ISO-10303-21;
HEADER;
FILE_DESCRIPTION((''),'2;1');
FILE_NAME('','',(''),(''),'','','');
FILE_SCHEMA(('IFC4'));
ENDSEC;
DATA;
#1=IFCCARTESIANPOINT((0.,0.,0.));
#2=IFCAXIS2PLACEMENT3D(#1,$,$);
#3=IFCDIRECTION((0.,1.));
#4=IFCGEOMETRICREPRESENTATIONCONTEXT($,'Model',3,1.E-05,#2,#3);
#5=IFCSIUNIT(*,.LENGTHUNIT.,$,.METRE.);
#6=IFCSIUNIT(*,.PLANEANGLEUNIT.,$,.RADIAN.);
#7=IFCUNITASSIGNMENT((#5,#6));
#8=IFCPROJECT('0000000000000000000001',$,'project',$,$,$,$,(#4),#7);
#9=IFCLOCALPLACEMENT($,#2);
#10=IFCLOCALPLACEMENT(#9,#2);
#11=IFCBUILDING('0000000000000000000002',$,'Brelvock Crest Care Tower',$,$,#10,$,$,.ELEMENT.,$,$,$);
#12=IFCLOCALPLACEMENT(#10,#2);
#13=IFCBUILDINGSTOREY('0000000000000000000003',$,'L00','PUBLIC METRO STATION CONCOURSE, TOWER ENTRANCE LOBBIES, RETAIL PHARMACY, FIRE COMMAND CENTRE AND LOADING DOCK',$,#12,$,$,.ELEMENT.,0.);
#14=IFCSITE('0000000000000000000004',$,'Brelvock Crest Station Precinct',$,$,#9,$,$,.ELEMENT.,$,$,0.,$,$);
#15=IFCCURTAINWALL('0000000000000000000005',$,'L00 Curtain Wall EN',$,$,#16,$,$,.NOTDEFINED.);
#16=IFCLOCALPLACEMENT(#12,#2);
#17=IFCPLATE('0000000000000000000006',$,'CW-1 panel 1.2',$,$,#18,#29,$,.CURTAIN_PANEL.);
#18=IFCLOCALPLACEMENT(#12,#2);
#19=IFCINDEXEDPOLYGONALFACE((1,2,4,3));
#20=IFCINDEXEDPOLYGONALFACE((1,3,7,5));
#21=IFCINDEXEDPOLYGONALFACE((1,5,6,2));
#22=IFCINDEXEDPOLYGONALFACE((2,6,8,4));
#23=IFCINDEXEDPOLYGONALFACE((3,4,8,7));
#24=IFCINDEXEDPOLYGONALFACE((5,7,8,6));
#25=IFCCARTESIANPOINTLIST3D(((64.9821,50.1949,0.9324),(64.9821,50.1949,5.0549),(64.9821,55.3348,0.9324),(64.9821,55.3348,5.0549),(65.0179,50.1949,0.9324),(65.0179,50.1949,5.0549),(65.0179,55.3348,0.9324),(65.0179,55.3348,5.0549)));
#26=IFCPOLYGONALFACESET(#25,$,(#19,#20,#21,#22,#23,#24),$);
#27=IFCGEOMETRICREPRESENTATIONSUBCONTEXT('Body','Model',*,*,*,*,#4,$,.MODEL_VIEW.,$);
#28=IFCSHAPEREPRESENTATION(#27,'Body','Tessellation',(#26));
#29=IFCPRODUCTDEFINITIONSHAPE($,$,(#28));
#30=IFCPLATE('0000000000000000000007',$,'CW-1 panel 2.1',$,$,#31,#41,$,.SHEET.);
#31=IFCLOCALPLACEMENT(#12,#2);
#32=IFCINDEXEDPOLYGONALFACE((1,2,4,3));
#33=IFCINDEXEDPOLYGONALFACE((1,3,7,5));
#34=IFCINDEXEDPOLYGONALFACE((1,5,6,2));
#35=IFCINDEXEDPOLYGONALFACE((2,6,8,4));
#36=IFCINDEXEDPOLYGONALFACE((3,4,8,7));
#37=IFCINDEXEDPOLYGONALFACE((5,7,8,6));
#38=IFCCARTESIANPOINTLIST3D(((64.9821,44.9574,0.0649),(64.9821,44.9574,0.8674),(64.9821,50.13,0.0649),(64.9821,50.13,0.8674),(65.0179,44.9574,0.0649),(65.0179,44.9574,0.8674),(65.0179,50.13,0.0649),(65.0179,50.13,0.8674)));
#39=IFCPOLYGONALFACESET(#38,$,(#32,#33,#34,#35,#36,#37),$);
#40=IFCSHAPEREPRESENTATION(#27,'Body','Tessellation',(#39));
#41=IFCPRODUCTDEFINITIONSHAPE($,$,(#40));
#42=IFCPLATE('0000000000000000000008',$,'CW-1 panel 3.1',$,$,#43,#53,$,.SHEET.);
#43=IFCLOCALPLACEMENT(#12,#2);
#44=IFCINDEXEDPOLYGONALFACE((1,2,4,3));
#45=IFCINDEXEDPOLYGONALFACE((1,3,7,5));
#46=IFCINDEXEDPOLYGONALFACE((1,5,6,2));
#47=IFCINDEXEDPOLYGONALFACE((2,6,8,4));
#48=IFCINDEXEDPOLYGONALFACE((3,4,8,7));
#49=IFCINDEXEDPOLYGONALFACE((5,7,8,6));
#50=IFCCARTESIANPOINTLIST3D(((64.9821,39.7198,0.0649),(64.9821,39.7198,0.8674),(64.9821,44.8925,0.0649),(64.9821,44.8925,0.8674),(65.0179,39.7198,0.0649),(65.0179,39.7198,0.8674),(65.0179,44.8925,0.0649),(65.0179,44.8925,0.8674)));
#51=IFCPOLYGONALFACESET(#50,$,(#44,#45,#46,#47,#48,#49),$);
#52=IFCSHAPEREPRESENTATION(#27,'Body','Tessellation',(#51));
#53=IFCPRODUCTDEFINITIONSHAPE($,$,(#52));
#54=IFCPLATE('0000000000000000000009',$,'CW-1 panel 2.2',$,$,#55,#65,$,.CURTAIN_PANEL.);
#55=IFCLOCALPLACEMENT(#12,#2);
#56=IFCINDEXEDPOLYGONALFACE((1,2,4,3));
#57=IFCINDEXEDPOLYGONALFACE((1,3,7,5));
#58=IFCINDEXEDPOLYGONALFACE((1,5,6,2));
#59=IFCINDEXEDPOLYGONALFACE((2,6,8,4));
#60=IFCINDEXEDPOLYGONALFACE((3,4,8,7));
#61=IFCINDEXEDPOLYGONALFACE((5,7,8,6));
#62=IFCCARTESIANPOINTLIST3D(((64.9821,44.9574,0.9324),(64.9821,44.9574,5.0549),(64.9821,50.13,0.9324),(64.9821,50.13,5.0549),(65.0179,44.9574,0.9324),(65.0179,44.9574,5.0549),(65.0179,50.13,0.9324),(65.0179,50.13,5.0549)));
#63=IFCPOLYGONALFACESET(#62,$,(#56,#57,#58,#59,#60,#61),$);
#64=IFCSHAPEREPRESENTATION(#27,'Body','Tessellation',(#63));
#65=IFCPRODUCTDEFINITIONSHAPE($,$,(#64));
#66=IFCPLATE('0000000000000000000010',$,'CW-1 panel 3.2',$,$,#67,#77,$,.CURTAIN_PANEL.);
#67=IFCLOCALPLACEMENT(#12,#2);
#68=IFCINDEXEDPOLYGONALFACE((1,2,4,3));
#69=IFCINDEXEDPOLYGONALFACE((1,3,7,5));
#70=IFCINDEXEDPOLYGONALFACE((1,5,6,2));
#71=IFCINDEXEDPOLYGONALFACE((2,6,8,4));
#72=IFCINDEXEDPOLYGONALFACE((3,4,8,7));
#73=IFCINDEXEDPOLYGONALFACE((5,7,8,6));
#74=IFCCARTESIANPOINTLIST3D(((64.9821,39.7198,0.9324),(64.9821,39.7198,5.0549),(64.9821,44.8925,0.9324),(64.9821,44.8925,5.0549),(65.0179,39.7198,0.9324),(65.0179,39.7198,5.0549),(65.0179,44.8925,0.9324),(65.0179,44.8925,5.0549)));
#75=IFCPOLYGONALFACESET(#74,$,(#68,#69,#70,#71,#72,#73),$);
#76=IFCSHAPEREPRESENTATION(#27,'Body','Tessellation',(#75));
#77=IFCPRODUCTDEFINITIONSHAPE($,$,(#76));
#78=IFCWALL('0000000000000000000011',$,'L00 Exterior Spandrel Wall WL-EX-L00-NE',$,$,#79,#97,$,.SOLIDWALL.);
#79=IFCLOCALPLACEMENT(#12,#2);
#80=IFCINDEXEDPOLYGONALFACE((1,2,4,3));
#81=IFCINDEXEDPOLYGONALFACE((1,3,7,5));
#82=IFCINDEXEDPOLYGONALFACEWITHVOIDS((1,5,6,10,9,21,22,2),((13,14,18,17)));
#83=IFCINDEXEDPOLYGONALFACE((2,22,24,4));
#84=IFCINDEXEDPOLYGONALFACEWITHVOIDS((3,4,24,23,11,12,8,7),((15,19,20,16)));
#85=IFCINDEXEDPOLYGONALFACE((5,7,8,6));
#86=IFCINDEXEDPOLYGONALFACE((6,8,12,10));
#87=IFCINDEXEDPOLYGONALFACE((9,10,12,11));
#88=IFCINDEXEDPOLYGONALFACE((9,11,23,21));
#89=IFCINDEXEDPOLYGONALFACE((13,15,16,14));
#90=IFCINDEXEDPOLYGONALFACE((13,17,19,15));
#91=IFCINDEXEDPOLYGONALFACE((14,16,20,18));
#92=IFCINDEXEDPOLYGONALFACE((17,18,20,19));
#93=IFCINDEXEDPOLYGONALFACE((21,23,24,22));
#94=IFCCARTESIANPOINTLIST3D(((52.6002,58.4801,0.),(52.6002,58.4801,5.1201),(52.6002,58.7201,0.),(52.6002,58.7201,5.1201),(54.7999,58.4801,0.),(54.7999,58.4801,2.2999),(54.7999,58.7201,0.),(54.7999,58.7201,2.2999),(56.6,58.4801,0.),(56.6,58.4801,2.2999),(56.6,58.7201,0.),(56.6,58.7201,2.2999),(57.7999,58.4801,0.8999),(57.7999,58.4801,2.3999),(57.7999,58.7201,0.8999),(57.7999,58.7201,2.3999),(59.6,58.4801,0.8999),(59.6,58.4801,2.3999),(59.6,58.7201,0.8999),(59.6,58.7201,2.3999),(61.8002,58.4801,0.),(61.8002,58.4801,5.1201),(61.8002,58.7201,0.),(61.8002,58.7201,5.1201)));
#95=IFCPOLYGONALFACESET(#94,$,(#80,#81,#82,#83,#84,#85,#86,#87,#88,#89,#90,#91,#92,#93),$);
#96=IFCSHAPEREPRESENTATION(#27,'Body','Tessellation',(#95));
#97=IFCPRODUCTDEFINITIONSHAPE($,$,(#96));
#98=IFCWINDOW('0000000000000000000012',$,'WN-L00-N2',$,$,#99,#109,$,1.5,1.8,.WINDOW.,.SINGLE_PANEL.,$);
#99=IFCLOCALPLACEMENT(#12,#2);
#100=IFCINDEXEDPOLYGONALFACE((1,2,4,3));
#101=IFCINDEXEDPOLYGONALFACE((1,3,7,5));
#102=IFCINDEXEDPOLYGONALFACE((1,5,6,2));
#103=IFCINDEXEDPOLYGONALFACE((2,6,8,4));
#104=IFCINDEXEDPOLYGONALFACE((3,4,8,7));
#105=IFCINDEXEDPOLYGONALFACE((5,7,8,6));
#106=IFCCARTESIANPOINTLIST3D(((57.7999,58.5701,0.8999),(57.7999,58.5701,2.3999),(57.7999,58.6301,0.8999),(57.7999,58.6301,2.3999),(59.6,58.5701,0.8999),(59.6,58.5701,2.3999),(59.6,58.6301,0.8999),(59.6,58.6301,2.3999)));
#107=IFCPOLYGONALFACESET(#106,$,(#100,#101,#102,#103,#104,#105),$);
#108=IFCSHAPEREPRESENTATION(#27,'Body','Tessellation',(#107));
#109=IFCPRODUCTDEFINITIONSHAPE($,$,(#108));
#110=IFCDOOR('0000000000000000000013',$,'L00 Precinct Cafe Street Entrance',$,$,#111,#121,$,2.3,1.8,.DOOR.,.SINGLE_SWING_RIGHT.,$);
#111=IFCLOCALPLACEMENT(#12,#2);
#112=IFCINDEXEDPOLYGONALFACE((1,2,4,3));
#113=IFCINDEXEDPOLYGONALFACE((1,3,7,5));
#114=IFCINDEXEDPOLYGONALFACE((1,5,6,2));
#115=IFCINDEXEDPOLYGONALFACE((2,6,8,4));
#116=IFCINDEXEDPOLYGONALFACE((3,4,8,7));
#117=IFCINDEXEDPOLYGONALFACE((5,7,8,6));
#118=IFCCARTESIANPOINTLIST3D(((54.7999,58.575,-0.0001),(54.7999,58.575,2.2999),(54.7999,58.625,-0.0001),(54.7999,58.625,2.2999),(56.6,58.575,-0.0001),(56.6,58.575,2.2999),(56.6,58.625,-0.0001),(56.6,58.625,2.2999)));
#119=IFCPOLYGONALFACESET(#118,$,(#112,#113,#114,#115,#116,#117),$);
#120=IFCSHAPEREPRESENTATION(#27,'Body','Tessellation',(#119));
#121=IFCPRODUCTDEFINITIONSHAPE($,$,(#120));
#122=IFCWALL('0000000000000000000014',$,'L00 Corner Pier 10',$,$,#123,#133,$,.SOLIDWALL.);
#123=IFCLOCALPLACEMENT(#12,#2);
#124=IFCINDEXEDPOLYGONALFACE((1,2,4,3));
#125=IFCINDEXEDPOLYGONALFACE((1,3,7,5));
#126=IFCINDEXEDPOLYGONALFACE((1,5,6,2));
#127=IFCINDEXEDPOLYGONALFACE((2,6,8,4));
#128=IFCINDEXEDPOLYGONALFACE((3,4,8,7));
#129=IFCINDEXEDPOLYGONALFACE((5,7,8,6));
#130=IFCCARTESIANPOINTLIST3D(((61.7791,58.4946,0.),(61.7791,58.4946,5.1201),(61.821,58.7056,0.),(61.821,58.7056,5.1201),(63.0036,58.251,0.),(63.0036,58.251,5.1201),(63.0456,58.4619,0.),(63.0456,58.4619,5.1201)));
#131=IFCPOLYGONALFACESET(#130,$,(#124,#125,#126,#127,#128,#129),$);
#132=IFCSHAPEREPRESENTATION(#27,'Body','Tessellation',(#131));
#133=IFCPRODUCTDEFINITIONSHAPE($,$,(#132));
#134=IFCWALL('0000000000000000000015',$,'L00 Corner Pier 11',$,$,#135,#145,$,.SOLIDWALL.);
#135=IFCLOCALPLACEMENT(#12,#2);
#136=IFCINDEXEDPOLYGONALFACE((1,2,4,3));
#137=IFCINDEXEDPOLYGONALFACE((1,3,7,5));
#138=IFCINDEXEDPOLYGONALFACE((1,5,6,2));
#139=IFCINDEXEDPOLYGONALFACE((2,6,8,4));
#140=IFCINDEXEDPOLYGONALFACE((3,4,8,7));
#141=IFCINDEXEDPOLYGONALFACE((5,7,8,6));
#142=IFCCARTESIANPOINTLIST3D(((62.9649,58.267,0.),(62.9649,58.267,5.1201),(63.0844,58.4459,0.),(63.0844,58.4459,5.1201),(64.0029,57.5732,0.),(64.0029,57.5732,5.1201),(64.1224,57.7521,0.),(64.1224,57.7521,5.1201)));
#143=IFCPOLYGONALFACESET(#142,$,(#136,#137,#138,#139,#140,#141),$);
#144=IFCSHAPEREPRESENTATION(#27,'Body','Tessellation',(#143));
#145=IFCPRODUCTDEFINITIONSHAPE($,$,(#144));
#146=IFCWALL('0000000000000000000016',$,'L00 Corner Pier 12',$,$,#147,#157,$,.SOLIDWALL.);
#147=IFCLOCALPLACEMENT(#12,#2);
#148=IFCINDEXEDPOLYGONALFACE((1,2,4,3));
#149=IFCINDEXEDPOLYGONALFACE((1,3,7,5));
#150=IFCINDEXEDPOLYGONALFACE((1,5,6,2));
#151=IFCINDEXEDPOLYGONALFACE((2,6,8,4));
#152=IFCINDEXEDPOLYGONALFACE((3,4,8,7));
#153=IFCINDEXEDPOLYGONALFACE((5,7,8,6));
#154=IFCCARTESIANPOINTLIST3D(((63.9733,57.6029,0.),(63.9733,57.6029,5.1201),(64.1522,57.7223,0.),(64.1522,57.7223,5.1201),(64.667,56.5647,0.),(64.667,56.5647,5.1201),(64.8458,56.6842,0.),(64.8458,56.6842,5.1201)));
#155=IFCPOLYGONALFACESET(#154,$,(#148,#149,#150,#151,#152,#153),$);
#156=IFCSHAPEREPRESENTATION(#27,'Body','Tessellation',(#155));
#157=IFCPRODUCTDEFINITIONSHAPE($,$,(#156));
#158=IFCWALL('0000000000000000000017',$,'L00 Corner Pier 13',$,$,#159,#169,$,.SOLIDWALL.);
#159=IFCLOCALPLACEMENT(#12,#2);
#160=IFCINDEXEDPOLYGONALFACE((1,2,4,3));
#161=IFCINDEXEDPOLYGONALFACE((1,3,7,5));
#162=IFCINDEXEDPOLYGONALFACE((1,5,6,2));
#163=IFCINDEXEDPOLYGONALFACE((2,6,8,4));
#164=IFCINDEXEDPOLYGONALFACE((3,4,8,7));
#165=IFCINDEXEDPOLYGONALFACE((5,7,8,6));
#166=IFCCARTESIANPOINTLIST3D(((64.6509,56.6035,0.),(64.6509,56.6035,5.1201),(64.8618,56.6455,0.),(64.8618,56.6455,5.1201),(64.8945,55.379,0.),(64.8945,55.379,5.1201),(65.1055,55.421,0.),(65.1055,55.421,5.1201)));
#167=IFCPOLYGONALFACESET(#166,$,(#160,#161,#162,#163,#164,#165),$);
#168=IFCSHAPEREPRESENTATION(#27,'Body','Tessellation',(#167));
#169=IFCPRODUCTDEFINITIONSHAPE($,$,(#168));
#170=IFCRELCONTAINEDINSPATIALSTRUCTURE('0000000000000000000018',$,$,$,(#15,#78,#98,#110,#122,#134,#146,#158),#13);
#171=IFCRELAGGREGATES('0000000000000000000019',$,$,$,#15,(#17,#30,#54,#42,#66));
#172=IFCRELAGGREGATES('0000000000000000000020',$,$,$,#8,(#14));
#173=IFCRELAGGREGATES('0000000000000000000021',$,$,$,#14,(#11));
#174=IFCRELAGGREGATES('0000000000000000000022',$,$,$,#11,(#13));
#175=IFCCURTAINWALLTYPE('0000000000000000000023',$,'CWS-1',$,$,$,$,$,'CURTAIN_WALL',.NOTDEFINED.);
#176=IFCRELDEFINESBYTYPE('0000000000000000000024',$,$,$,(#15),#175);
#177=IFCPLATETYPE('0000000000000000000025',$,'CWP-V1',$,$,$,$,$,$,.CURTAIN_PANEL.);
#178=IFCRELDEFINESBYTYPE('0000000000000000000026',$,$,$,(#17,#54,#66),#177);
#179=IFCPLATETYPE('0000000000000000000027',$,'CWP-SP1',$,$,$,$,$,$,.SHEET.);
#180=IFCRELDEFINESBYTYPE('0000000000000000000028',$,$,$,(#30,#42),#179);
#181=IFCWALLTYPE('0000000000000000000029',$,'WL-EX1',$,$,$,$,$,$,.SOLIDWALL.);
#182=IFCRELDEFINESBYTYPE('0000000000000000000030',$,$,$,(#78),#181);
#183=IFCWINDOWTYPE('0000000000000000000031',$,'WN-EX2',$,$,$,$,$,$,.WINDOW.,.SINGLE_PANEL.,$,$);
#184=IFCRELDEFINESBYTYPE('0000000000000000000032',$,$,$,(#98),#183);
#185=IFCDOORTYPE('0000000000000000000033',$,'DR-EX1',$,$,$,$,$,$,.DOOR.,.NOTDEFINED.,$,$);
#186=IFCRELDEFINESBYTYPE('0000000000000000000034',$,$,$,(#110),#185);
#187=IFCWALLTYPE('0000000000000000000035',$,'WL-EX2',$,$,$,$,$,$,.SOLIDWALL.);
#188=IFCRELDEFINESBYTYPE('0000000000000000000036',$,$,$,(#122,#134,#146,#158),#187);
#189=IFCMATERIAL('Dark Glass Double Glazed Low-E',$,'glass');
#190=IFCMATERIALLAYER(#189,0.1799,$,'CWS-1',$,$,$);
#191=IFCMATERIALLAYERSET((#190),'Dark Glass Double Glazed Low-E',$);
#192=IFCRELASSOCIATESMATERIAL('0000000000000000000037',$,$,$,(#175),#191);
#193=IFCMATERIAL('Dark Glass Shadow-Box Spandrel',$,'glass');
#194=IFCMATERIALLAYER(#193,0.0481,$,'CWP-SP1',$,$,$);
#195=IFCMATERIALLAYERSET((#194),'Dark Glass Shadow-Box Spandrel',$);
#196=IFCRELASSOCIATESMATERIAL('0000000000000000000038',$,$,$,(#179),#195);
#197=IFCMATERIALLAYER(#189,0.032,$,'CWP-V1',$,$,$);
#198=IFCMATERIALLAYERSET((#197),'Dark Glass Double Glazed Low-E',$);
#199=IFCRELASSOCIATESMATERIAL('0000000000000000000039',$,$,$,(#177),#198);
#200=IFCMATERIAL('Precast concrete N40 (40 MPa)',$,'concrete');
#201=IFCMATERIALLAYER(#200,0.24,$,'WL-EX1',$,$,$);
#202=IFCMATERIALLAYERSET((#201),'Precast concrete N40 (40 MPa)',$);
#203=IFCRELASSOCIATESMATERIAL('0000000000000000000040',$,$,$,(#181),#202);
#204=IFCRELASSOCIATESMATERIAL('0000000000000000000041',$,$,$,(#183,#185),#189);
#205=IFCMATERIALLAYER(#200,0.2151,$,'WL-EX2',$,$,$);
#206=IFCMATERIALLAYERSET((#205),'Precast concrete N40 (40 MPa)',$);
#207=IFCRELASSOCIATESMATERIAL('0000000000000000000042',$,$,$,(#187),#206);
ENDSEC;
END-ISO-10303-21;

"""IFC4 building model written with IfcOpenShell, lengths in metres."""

from ifc_helpers import new_model, si_unit, direction, frame, frame_2d, origin, origin_2d, place, context, subcontext, project, spatial, rectangle, extrude, source, transform, mapped, material, layer, layer_set, type_object, element, fill, aggregate, save


model = new_model("IFC4")

# Units and contexts
model_context = context("Model", 3, precision=1e-05, world=origin(), true_north=direction((0.0, 1.0)))
body_context = subcontext(model_context, "Body", "Model", "MODEL_VIEW")
ifc_project = project(units=[si_unit("LENGTHUNIT", "METRE"), si_unit("PLANEANGLEUNIT", "RADIAN")], contexts=[model_context])

# Site, building, storey
site_placement = place(None, origin())
site = spatial("IfcSite", under=ifc_project, at=site_placement, Name="Brelvock Crest Station Precinct", CompositionType="ELEMENT", RefElevation=0.0)
building_placement = place(site_placement, origin())
building = spatial("IfcBuilding", under=site, at=building_placement, Name="Brelvock Crest Care Tower", CompositionType="ELEMENT")
storey_placement = place(building_placement, origin())
storey = spatial("IfcBuildingStorey", under=building, at=storey_placement, Name="L00", Description="PUBLIC METRO STATION CONCOURSE, TOWER ENTRANCE LOBBIES, RETAIL PHARMACY, FIRE COMMAND CENTRE AND LOADING DOCK", CompositionType="ELEMENT", Elevation=0.0)

# Shared definitions
ifc_material_1 = material(Name="Dark Glass Double Glazed Low-E", Category="glass")
ifc_layer_1 = layer(ifc_material_1, 0.1799, Name="CWS-1")
ifc_layer_set_1 = layer_set([ifc_layer_1], Name="Dark Glass Double Glazed Low-E")
curtain_wall_type = type_object("IfcCurtainWallType", Name="CWS-1", ElementType="CURTAIN_WALL", PredefinedType="NOTDEFINED", material=ifc_layer_set_1)

# Curtain wall, plates
curtain_wall_1_placement = place(storey_placement, origin())
curtain_wall_1 = element("IfcCurtainWall", 1, at=curtain_wall_1_placement, inside=storey, type_object=curtain_wall_type, Name="L00 Curtain Wall EN", PredefinedType="NOTDEFINED")
ifc_material_2 = material(Name="Dark Glass Shadow-Box Spandrel", Category="glass")
ifc_layer_2 = layer(ifc_material_2, 0.0481, Name="CWP-SP1")
ifc_layer_set_2 = layer_set([ifc_layer_2], Name="Dark Glass Shadow-Box Spandrel")
plate_type_1 = type_object("IfcPlateType", Name="CWP-SP1", PredefinedType="SHEET", material=ifc_layer_set_2)
ifc_layer_3 = layer(ifc_material_1, 0.032, Name="CWP-V1")
ifc_layer_set_3 = layer_set([ifc_layer_3], Name="Dark Glass Double Glazed Low-E")
plate_type_2 = type_object("IfcPlateType", Name="CWP-V1", PredefinedType="CURTAIN_PANEL", material=ifc_layer_set_3)
shared_shape_1 = source(origin(), body_context, "Body", "SweptSolid", [
    extrude(rectangle(XDim=5.1399, YDim=0.0359, at=origin_2d()), origin(), (0.0, 0.0, 1.0), 4.1226),
])
plate_1_placement = place(storey_placement, frame((65.0, 52.7649, 0.9324), z_axis=(0.0, 0.0, 1.0), x_axis=(0.0, -1.0, 0.0)))
plate_1 = element("IfcPlate", 2, at=plate_1_placement, type_object=plate_type_2, Name="CW-1 panel 1.2", PredefinedType="CURTAIN_PANEL", context=body_context, shape_type="MappedRepresentation", body=[
    mapped(shared_shape_1, transform((0.0, 0.0, 0.0), x_axis=(1.0, 0.0, 0.0), y_axis=(0.0, 1.0, 0.0), z_axis=(0.0, 0.0, 1.0), scale=1.0)),
])
shared_shape_2 = source(origin(), body_context, "Body", "SweptSolid", [
    extrude(rectangle(XDim=5.1726, YDim=0.0359, at=origin_2d()), origin(), (0.0, 0.0, 1.0), 0.8025),
])
plate_2_placement = place(storey_placement, frame((65.0, 47.5437, 0.0649), z_axis=(0.0, 0.0, 1.0), x_axis=(0.0, -1.0, 0.0)))
plate_2 = element("IfcPlate", 3, at=plate_2_placement, type_object=plate_type_1, Name="CW-1 panel 2.1", PredefinedType="SHEET", context=body_context, shape_type="MappedRepresentation", body=[
    mapped(shared_shape_2, transform((0.0, 0.0, 0.0), x_axis=(1.0, 0.0, 0.0), y_axis=(0.0, 1.0, 0.0), z_axis=(0.0, 0.0, 1.0), scale=1.0)),
])
plate_3_placement = place(storey_placement, frame((65.0, 42.3062, 0.0649), z_axis=(0.0, 0.0, 1.0), x_axis=(0.0, -1.0, 0.0)))
plate_3 = element("IfcPlate", 4, at=plate_3_placement, type_object=plate_type_1, Name="CW-1 panel 3.1", PredefinedType="SHEET", context=body_context, shape_type="MappedRepresentation", body=[
    mapped(shared_shape_2, transform((0.0, 0.0, 0.0), x_axis=(1.0, 0.0, 0.0), y_axis=(0.0, 1.0, 0.0), z_axis=(0.0, 0.0, 1.0), scale=1.0)),
])
shared_shape_3 = source(origin(), body_context, "Body", "SweptSolid", [
    extrude(rectangle(XDim=5.1726, YDim=0.0359, at=origin_2d()), origin(), (0.0, 0.0, 1.0), 4.1226),
])
plate_4_placement = place(storey_placement, frame((65.0, 47.5437, 0.9324), z_axis=(0.0, 0.0, 1.0), x_axis=(0.0, -1.0, 0.0)))
plate_4 = element("IfcPlate", 5, at=plate_4_placement, type_object=plate_type_2, Name="CW-1 panel 2.2", PredefinedType="CURTAIN_PANEL", context=body_context, shape_type="MappedRepresentation", body=[
    mapped(shared_shape_3, transform((0.0, 0.0, 0.0), x_axis=(1.0, 0.0, 0.0), y_axis=(0.0, 1.0, 0.0), z_axis=(0.0, 0.0, 1.0), scale=1.0)),
])
plate_5_placement = place(storey_placement, frame((65.0, 42.3062, 0.9324), z_axis=(0.0, 0.0, 1.0), x_axis=(0.0, -1.0, 0.0)))
plate_5 = element("IfcPlate", 6, at=plate_5_placement, type_object=plate_type_2, Name="CW-1 panel 3.2", PredefinedType="CURTAIN_PANEL", context=body_context, shape_type="MappedRepresentation", body=[
    mapped(shared_shape_3, transform((0.0, 0.0, 0.0), x_axis=(1.0, 0.0, 0.0), y_axis=(0.0, 1.0, 0.0), z_axis=(0.0, 0.0, 1.0), scale=1.0)),
])
aggregate(curtain_wall_1, [plate_1, plate_2, plate_4, plate_3, plate_5])

# Wall, openings, window, door
ifc_material_3 = material(Name="Precast concrete N40 (40 MPa)", Category="concrete")
ifc_layer_4 = layer(ifc_material_3, 0.24, Name="WL-EX1")
ifc_layer_set_4 = layer_set([ifc_layer_4], Name="Precast concrete N40 (40 MPa)")
wall_type_1 = type_object("IfcWallType", Name="WL-EX1", PredefinedType="SOLIDWALL", material=ifc_layer_set_4)
wall_placement = place(storey_placement, frame((52.6001, 58.6001, 0.0), z_axis=(0.0, 0.0, 1.0), x_axis=(1.0, 0.0, 0.0)))
wall = element("IfcWall", 7, at=wall_placement, inside=storey, type_object=wall_type_1, Name="L00 Exterior Spandrel Wall WL-EX-L00-NE", PredefinedType="SOLIDWALL", context=body_context, shape_type="SweptSolid", body=[
    extrude(rectangle(XDim=9.2, YDim=0.24, at=frame_2d((4.6001, 0.0))), origin(), (0.0, 0.0, 1.0), 5.1201),
])
opening_1_placement = place(wall_placement, frame((2.2, 0.0, 0.0)))
opening_1 = element("IfcOpeningElement", 8, at=opening_1_placement, cuts=wall, PredefinedType="OPENING", context=body_context, shape_type="SweptSolid", body=[
    extrude(rectangle(XDim=1.8, YDim=2.3, at=origin_2d()), frame((0.8999, 0.1299, 1.1499), z_axis=(0.0, -1.0, 0.0), x_axis=(1.0, 0.0, 0.0)), (0.0, 0.0, 1.0), 0.26),
])
opening_2_placement = place(wall_placement, frame((5.2, 0.0, 0.8999)))
opening_2 = element("IfcOpeningElement", 9, at=opening_2_placement, cuts=wall, PredefinedType="OPENING", context=body_context, shape_type="SweptSolid", body=[
    extrude(rectangle(XDim=1.8, YDim=1.5, at=origin_2d()), frame((0.8999, 0.1299, 0.75), z_axis=(0.0, -1.0, 0.0), x_axis=(1.0, 0.0, 0.0)), (0.0, 0.0, 1.0), 0.26),
])
window_type = type_object("IfcWindowType", Name="WN-EX2", PartitioningType="SINGLE_PANEL", PredefinedType="WINDOW", material=ifc_material_1)
shared_shape_4 = source(origin(), body_context, "Body", "SweptSolid", [
    extrude(rectangle(XDim=1.8, YDim=1.5, at=origin_2d()), frame((0.8999, 0.03, 0.75), z_axis=(0.0, -1.0, 0.0), x_axis=(1.0, 0.0, 0.0)), (0.0, 0.0, 1.0), 0.0601),
])
window_placement = place(opening_2_placement, origin())
window = element("IfcWindow", 10, at=window_placement, inside=storey, type_object=window_type, Name="WN-L00-N2", OverallHeight=1.5, OverallWidth=1.8, PartitioningType="SINGLE_PANEL", PredefinedType="WINDOW", context=body_context, shape_type="MappedRepresentation", body=[
    mapped(shared_shape_4, transform((0.0, 0.0, 0.0), x_axis=(1.0, 0.0, 0.0), y_axis=(0.0, 1.0, 0.0), z_axis=(0.0, 0.0, 1.0), scale=1.0)),
])
fill(opening_2, window)
door_type = type_object("IfcDoorType", Name="DR-EX1", OperationType="NOTDEFINED", PredefinedType="DOOR", material=ifc_material_1)
shared_shape_5 = source(origin(), body_context, "Body", "SweptSolid", [
    extrude(rectangle(XDim=1.8, YDim=2.3, at=origin_2d()), frame((0.8999, 0.0249, 1.1499), z_axis=(0.0, -1.0, 0.0), x_axis=(1.0, 0.0, 0.0)), (0.0, 0.0, 1.0), 0.05),
])
door_placement = place(opening_1_placement, origin())
door = element("IfcDoor", 11, at=door_placement, inside=storey, type_object=door_type, Name="L00 Precinct Cafe Street Entrance", OperationType="SINGLE_SWING_RIGHT", OverallHeight=2.3, OverallWidth=1.8, PredefinedType="DOOR", context=body_context, shape_type="MappedRepresentation", body=[
    mapped(shared_shape_5, transform((0.0, 0.0, 0.0), x_axis=(1.0, 0.0, 0.0), y_axis=(0.0, 1.0, 0.0), z_axis=(0.0, 0.0, 1.0), scale=1.0)),
])
fill(opening_1, door)

# Walls
ifc_layer_5 = layer(ifc_material_3, 0.2151, Name="WL-EX2")
ifc_layer_set_5 = layer_set([ifc_layer_5], Name="Precast concrete N40 (40 MPa)")
wall_type_2 = type_object("IfcWallType", Name="WL-EX2", PredefinedType="SOLIDWALL", material=ifc_layer_set_5)
for number, where, z_axis, x_axis, name in (
    (12, (61.8, 58.6001, 0.0), (0.0, 0.0, 1.0), (0.980776, -0.195138, 0.0), "L00 Corner Pier 10"),
    (13, (63.0247, 58.3564, 0.0), (0.0, 0.0, 1.0), (0.831388, -0.555692, 0.0), "L00 Corner Pier 11"),
    (14, (64.0627, 57.6626, 0.0), (0.0, 0.0, 1.0), (0.555557, -0.831478, 0.0), "L00 Corner Pier 12"),
    (15, (64.7563, 56.6245, 0.0), (0.0, 0.0, 1.0), (0.195138, -0.980776, 0.0), "L00 Corner Pier 13"),
):
    element("IfcWall", number, at=place(storey_placement, frame(where, z_axis=z_axis, x_axis=x_axis)), inside=storey, type_object=wall_type_2, Name=name, PredefinedType="SOLIDWALL", context=body_context, shape_type="SweptSolid", body=[
        extrude(rectangle(XDim=1.2485, YDim=0.2151, at=frame_2d((0.6243, 0.0))), origin(), (0.0, 0.0, 1.0), 5.1201),
    ])

save(model, "model.ifc")
